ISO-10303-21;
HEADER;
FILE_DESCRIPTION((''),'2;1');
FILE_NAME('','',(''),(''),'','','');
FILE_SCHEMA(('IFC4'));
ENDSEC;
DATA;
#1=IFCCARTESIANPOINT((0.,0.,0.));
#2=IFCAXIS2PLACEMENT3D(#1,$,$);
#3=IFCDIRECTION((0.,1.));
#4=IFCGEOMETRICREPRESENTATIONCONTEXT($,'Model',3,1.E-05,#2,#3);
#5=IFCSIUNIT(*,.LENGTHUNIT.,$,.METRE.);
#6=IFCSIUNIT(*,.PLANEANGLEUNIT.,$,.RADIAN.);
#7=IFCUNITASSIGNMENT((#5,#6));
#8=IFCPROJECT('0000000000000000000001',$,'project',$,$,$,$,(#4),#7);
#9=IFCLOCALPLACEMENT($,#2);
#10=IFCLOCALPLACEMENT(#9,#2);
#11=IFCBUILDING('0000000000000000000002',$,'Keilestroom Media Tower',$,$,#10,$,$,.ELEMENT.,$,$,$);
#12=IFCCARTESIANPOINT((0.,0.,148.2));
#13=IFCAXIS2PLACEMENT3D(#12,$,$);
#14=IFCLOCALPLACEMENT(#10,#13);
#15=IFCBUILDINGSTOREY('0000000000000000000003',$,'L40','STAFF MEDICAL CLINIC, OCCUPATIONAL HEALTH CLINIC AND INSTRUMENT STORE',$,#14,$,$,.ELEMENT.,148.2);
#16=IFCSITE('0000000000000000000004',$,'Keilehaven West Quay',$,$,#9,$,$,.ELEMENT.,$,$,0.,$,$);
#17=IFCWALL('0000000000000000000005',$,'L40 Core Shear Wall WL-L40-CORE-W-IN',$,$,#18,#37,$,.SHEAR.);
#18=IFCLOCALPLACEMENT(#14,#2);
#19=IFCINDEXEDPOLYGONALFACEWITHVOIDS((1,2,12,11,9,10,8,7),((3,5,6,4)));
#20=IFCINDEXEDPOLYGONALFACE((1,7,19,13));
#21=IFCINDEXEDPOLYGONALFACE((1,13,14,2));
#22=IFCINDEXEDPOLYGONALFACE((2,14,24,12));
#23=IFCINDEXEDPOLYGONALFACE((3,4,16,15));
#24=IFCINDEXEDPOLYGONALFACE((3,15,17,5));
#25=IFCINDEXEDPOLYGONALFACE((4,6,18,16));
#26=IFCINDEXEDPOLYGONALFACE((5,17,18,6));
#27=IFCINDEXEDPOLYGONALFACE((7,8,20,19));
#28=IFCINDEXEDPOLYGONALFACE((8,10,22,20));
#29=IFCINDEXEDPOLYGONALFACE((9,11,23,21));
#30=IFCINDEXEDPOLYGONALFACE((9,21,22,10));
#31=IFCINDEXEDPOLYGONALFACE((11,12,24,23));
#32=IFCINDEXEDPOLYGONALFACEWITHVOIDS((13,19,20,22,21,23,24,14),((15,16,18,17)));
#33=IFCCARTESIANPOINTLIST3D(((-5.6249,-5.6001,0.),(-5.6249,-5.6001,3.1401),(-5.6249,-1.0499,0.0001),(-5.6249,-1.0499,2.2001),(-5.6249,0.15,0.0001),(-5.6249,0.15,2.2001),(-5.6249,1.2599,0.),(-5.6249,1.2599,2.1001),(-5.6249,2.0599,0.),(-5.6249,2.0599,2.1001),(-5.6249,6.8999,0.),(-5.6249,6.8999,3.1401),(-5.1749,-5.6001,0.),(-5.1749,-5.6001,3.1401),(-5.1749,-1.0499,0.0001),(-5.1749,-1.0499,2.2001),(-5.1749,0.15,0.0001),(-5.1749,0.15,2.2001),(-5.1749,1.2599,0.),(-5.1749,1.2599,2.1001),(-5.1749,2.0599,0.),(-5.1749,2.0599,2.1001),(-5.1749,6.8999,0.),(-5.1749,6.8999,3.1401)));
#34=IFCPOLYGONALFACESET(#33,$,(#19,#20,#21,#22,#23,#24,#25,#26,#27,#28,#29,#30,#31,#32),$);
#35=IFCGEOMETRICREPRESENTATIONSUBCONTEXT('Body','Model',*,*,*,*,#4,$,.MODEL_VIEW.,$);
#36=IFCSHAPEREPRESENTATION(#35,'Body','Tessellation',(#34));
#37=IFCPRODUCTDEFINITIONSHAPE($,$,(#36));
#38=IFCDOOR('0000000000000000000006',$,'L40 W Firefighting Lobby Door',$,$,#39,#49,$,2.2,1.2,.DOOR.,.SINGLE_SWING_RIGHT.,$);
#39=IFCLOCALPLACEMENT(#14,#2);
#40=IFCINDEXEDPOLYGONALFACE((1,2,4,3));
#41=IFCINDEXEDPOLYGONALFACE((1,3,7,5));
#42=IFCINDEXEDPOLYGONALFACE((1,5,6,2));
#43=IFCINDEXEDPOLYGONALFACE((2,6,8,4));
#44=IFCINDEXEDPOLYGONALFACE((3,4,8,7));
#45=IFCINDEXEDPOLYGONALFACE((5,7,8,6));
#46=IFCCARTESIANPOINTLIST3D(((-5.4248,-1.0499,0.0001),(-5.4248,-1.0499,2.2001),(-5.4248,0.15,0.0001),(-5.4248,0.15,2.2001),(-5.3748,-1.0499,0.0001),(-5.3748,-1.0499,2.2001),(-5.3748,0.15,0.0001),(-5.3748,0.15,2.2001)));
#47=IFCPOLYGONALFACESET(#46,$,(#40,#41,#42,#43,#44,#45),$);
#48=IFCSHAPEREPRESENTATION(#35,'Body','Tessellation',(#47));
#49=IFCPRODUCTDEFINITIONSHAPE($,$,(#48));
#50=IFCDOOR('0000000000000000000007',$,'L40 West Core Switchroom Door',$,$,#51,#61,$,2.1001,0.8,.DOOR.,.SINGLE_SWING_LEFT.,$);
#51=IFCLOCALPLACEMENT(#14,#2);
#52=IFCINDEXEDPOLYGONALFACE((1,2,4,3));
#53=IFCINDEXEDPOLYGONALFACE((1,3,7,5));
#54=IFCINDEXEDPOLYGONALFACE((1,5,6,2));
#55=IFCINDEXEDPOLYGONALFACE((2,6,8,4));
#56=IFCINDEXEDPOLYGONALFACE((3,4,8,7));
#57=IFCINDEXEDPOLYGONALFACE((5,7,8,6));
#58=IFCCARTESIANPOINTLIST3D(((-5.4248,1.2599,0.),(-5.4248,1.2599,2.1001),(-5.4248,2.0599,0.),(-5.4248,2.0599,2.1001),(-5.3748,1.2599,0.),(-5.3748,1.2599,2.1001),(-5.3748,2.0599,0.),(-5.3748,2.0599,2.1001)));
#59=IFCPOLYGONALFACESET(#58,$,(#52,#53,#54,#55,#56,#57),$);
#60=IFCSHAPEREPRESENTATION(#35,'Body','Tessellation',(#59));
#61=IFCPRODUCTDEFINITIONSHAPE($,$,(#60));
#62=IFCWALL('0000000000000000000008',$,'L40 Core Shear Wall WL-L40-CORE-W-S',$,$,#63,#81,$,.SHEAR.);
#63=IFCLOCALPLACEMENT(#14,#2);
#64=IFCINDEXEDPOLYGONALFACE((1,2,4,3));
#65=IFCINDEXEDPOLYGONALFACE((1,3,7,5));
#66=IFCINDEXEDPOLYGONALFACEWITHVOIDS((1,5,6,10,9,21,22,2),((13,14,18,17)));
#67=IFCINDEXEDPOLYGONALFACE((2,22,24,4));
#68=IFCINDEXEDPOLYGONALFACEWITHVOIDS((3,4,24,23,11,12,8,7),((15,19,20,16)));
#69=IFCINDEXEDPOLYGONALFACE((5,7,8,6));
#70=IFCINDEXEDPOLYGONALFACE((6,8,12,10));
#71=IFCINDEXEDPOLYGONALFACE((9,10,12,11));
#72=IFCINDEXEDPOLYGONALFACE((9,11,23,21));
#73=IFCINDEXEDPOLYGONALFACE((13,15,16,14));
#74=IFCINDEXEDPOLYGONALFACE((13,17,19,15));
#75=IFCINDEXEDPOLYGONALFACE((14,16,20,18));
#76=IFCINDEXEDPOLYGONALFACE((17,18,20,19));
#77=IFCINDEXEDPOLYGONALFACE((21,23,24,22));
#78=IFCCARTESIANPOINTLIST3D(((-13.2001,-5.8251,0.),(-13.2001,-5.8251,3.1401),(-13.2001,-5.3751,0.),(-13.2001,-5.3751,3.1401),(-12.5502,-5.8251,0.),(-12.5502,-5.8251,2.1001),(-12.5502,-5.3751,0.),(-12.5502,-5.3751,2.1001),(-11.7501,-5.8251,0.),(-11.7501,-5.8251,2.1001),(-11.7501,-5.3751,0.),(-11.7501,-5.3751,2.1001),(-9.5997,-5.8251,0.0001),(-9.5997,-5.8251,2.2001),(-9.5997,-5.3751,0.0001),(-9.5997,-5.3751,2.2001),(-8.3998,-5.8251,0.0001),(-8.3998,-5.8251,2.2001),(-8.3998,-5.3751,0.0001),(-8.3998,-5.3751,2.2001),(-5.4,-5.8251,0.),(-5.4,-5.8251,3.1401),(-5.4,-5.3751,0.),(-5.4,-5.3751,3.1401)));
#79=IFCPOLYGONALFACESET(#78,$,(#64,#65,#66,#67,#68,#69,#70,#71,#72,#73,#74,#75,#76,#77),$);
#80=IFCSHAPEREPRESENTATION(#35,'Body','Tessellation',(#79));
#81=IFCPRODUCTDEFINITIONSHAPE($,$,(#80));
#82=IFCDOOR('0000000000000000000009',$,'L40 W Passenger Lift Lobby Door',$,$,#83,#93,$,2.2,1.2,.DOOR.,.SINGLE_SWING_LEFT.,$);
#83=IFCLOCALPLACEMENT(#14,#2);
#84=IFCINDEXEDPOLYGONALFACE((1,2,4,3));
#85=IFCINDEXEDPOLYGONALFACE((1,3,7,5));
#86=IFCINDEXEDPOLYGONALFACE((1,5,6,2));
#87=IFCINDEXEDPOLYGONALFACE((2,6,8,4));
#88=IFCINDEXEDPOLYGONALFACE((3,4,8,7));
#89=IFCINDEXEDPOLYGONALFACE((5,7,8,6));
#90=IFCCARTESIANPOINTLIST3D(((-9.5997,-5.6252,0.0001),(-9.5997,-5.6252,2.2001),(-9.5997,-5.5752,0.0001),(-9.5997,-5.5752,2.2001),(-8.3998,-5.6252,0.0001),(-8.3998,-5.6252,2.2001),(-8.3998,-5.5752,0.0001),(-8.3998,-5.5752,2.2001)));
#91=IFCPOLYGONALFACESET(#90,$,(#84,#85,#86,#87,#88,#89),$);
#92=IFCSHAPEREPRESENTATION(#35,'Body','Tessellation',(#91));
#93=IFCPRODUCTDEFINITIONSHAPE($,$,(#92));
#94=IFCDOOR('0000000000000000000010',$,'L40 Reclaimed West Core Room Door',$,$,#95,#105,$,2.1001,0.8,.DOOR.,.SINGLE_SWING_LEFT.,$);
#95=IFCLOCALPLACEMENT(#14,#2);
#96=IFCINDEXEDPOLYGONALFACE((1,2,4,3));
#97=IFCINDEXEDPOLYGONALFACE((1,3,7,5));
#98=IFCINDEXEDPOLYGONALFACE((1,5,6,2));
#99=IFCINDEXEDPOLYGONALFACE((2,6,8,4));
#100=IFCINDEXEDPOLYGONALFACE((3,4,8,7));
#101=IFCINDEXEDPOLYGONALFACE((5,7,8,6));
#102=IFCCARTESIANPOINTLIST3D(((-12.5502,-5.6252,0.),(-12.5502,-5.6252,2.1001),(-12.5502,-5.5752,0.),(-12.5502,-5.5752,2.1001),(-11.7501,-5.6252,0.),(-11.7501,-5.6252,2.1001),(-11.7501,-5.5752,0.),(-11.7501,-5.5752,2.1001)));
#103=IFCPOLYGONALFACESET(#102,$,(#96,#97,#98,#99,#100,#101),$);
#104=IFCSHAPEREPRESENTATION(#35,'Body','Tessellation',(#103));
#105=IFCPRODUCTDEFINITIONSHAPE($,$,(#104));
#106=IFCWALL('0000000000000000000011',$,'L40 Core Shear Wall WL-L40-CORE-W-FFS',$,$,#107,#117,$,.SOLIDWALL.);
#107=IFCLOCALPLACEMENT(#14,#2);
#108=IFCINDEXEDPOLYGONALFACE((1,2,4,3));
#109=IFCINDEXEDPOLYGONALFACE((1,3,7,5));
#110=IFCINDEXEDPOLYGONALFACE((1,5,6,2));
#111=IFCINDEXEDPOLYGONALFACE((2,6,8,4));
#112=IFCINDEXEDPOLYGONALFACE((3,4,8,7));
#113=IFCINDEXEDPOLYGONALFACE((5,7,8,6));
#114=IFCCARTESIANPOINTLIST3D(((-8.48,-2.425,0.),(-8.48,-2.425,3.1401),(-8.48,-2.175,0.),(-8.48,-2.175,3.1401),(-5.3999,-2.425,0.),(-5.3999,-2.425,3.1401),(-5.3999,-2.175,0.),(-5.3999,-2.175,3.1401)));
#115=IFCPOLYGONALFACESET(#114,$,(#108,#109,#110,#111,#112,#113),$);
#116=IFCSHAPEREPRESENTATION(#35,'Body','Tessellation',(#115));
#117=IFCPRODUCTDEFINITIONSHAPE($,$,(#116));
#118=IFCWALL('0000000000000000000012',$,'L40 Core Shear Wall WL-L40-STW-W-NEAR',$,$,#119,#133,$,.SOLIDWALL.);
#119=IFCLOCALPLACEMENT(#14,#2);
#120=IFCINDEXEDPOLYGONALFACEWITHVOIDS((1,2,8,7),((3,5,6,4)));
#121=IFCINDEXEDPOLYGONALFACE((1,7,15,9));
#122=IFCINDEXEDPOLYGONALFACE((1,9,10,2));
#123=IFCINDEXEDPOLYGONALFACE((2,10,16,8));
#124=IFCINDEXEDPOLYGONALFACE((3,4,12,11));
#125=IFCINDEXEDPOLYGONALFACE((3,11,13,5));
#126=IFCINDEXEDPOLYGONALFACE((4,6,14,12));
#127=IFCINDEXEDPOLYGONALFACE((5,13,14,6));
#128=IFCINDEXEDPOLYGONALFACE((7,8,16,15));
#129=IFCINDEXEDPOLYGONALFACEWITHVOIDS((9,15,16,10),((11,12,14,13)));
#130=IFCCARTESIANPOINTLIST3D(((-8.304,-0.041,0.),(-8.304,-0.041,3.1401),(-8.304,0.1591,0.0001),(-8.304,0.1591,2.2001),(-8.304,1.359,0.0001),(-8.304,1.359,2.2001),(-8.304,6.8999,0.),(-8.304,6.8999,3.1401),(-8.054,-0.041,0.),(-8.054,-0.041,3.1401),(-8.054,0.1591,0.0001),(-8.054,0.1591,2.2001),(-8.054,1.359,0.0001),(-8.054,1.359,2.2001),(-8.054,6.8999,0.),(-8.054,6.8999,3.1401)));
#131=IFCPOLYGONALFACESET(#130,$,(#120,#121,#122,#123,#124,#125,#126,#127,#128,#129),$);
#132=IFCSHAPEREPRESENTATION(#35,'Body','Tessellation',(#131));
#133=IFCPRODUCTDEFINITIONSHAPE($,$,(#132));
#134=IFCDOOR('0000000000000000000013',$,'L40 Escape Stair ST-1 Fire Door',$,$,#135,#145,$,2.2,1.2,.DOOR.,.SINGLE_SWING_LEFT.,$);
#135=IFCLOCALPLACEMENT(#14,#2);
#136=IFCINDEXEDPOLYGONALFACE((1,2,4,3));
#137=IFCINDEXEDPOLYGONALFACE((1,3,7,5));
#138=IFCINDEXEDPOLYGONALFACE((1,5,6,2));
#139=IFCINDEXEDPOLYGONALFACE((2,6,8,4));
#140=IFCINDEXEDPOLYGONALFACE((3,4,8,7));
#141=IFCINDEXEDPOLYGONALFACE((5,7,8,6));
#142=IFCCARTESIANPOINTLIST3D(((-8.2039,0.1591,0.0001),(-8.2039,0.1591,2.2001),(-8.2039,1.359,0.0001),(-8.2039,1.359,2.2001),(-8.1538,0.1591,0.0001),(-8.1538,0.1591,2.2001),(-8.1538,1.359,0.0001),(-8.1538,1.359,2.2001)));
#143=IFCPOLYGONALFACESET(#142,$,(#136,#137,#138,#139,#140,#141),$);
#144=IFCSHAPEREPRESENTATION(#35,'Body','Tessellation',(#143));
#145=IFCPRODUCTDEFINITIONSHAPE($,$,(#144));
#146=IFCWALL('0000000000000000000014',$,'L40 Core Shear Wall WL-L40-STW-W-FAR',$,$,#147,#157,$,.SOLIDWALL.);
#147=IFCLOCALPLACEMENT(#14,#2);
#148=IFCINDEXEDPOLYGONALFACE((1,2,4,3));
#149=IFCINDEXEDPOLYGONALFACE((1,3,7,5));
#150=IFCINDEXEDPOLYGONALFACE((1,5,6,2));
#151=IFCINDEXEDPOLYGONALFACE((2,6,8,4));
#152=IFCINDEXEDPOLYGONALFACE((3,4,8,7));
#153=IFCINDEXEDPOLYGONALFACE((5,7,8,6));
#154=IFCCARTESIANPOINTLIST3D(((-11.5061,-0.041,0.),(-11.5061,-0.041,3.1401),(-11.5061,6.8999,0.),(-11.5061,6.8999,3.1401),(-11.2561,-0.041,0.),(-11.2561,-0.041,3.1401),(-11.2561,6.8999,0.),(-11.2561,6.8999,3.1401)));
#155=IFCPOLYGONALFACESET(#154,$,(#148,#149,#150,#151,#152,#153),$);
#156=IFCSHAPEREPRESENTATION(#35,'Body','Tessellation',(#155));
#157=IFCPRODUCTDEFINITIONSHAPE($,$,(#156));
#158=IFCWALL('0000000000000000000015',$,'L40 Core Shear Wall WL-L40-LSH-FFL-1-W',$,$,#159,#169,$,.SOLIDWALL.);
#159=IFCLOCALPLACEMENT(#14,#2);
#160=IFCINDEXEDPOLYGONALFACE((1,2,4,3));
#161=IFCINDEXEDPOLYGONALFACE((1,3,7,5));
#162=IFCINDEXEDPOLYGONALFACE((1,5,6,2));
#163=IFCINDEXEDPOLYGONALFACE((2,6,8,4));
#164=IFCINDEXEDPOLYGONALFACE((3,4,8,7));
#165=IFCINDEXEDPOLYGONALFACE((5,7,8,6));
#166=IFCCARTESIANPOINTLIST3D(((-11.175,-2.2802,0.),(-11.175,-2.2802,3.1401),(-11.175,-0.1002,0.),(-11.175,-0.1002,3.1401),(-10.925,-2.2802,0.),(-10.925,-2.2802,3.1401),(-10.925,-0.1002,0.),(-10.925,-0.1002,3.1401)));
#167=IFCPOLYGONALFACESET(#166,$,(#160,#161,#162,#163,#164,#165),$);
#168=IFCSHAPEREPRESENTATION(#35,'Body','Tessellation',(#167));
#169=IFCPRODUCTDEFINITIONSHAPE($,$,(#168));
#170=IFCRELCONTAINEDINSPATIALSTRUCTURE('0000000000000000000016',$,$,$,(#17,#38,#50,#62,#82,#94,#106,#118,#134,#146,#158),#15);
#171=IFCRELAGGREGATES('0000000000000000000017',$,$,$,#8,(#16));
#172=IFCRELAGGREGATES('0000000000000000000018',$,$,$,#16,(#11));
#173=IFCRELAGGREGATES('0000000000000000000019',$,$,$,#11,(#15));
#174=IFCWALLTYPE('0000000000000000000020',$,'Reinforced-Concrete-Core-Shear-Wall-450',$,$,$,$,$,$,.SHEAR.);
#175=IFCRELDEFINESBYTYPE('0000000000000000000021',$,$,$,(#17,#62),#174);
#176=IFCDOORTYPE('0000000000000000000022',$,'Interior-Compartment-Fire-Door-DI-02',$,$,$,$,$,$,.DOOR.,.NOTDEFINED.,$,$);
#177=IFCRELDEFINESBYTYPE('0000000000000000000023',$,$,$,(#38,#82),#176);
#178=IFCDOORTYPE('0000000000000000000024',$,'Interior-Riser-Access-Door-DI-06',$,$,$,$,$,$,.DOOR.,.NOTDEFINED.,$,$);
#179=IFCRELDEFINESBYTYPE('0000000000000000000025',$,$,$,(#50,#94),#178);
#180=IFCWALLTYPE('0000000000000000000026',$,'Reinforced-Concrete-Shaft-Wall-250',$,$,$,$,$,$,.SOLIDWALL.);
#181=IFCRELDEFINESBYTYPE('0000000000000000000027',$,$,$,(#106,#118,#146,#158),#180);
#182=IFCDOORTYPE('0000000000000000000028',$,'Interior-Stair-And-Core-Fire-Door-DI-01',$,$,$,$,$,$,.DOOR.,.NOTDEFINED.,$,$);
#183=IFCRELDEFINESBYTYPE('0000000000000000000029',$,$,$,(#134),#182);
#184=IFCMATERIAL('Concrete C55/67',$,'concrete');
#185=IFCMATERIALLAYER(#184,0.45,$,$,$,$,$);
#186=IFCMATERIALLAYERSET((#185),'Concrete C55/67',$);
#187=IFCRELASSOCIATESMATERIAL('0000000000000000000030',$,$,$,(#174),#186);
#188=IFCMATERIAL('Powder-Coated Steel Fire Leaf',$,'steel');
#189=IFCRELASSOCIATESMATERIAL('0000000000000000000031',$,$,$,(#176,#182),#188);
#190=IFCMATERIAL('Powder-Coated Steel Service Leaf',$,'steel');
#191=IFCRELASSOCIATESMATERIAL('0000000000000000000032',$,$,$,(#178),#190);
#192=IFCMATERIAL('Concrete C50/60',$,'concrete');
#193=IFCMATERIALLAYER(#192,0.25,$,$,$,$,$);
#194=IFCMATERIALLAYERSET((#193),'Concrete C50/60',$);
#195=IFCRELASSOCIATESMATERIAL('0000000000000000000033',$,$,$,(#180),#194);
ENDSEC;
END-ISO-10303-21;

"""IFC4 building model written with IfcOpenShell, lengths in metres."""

from ifc_helpers import new_model, si_unit, direction, frame, frame_2d, origin, place, context, subcontext, project, spatial, rectangle, extrude, source, transform, mapped, material, layer, layer_set, type_object, element, fill, save


model = new_model("IFC4")

# Units and contexts
model_context = context("Model", 3, precision=1e-05, world=origin(), true_north=direction((0.0, 1.0)))
body_context = subcontext(model_context, "Body", "Model", "MODEL_VIEW")
ifc_project = project(units=[si_unit("LENGTHUNIT", "METRE"), si_unit("PLANEANGLEUNIT", "RADIAN")], contexts=[model_context])

# Site, building, storey
site_placement = place(None, origin())
site = spatial("IfcSite", under=ifc_project, at=site_placement, Name="Keilehaven West Quay", CompositionType="ELEMENT", RefElevation=0.0)
building_placement = place(site_placement, origin())
building = spatial("IfcBuilding", under=site, at=building_placement, Name="Keilestroom Media Tower", CompositionType="ELEMENT")
storey_placement = place(building_placement, frame((0.0, 0.0, 148.2)))
storey = spatial("IfcBuildingStorey", under=building, at=storey_placement, Name="L40", Description="STAFF MEDICAL CLINIC, OCCUPATIONAL HEALTH CLINIC AND INSTRUMENT STORE", CompositionType="ELEMENT", Elevation=148.2)

# Shared definitions
ifc_material_1 = material(Name="Concrete C55/67", Category="concrete")
ifc_layer_1 = layer(ifc_material_1, 0.45)
ifc_layer_set_1 = layer_set([ifc_layer_1], Name="Concrete C55/67")
wall_type_1 = type_object("IfcWallType", Name="Reinforced-Concrete-Core-Shear-Wall-450", PredefinedType="SHEAR", material=ifc_layer_set_1)

# Walls, openings, doors
wall_1_placement = place(storey_placement, frame((-5.3999, -5.6001, 0.0), z_axis=(0.0, 0.0, 1.0), x_axis=(0.0, 1.0, 0.0)))
wall_1 = element("IfcWall", 1, at=wall_1_placement, inside=storey, type_object=wall_type_1, Name="L40 Core Shear Wall WL-L40-CORE-W-IN", PredefinedType="SHEAR", context=body_context, shape_type="SweptSolid", body=[
    extrude(rectangle(XDim=12.5, YDim=0.45, at=frame_2d((6.25, 0.0))), origin(), (0.0, 0.0, 1.0), 3.1401),
])
opening_1_placement = place(wall_1_placement, frame((4.55, 0.0, 0.0)))
opening_1 = element("IfcOpeningElement", 2, at=opening_1_placement, cuts=wall_1, PredefinedType="OPENING", context=body_context, shape_type="SweptSolid", body=[
    extrude(rectangle(XDim=1.2, YDim=2.2, at=frame_2d((0.6001, 1.1001))), frame((0.0, 0.2349, 0.0), z_axis=(0.0, -1.0, 0.0), x_axis=(1.0, 0.0, 0.0)), (0.0, 0.0, 1.0), 0.47),
])
opening_2_placement = place(wall_1_placement, frame((6.8601, 0.0, 0.0)))
opening_2 = element("IfcOpeningElement", 3, at=opening_2_placement, cuts=wall_1, PredefinedType="OPENING", context=body_context, shape_type="SweptSolid", body=[
    extrude(rectangle(XDim=0.8, YDim=2.1001, at=frame_2d((0.3999, 1.05))), frame((0.0, 0.2349, 0.0), z_axis=(0.0, -1.0, 0.0), x_axis=(1.0, 0.0, 0.0)), (0.0, 0.0, 1.0), 0.47),
])
ifc_material_2 = material(Name="Powder-Coated Steel Fire Leaf", Category="steel")
door_type_1 = type_object("IfcDoorType", Name="Interior-Compartment-Fire-Door-DI-02", OperationType="NOTDEFINED", PredefinedType="DOOR", material=ifc_material_2)
shared_shape_1 = source(origin(), body_context, "Body", "SweptSolid", [
    extrude(rectangle(XDim=1.2, YDim=2.2, at=frame_2d((0.6001, 1.1001))), frame((0.0, 0.0249, 0.0), z_axis=(0.0, -1.0, 0.0), x_axis=(1.0, 0.0, 0.0)), (0.0, 0.0, 1.0), 0.05),
])
door_1_placement = place(opening_1_placement, origin())
door_1 = element("IfcDoor", 4, at=door_1_placement, inside=storey, type_object=door_type_1, Name="L40 W Firefighting Lobby Door", OperationType="SINGLE_SWING_RIGHT", OverallHeight=2.2, OverallWidth=1.2, PredefinedType="DOOR", context=body_context, shape_type="MappedRepresentation", body=[
    mapped(shared_shape_1, transform((0.0, 0.0, 0.0), x_axis=(1.0, 0.0, 0.0), y_axis=(0.0, 1.0, 0.0), z_axis=(0.0, 0.0, 1.0), scale=1.0)),
])
fill(opening_1, door_1)
ifc_material_3 = material(Name="Powder-Coated Steel Service Leaf", Category="steel")
door_type_2 = type_object("IfcDoorType", Name="Interior-Riser-Access-Door-DI-06", OperationType="NOTDEFINED", PredefinedType="DOOR", material=ifc_material_3)
shared_shape_2 = source(origin(), body_context, "Body", "SweptSolid", [
    extrude(rectangle(XDim=0.8, YDim=2.1001, at=frame_2d((0.3999, 1.05))), frame((0.0, 0.0249, 0.0), z_axis=(0.0, -1.0, 0.0), x_axis=(1.0, 0.0, 0.0)), (0.0, 0.0, 1.0), 0.05),
])
door_2_placement = place(opening_2_placement, origin())
door_2 = element("IfcDoor", 5, at=door_2_placement, inside=storey, type_object=door_type_2, Name="L40 West Core Switchroom Door", OperationType="SINGLE_SWING_LEFT", OverallHeight=2.1001, OverallWidth=0.8, PredefinedType="DOOR", context=body_context, shape_type="MappedRepresentation", body=[
    mapped(shared_shape_2, transform((0.0, 0.0, 0.0), x_axis=(1.0, 0.0, 0.0), y_axis=(0.0, 1.0, 0.0), z_axis=(0.0, 0.0, 1.0), scale=1.0)),
])
fill(opening_2, door_2)
wall_2_placement = place(storey_placement, frame((-13.2, -5.6001, 0.0), z_axis=(0.0, 0.0, 1.0), x_axis=(1.0, 0.0, 0.0)))
wall_2 = element("IfcWall", 6, at=wall_2_placement, inside=storey, type_object=wall_type_1, Name="L40 Core Shear Wall WL-L40-CORE-W-S", PredefinedType="SHEAR", context=body_context, shape_type="SweptSolid", body=[
    extrude(rectangle(XDim=7.8, YDim=0.45, at=frame_2d((3.8999, 0.0))), origin(), (0.0, 0.0, 1.0), 3.1401),
])
opening_3_placement = place(wall_2_placement, frame((3.6001, 0.0, 0.0)))
opening_3 = element("IfcOpeningElement", 7, at=opening_3_placement, cuts=wall_2, PredefinedType="OPENING", context=body_context, shape_type="SweptSolid", body=[
    extrude(rectangle(XDim=1.2, YDim=2.2, at=frame_2d((0.6001, 1.1001))), frame((0.0, 0.2349, 0.0), z_axis=(0.0, -1.0, 0.0), x_axis=(1.0, 0.0, 0.0)), (0.0, 0.0, 1.0), 0.47),
])
opening_4_placement = place(wall_2_placement, frame((0.6499, 0.0, 0.0)))
opening_4 = element("IfcOpeningElement", 8, at=opening_4_placement, cuts=wall_2, PredefinedType="OPENING", context=body_context, shape_type="SweptSolid", body=[
    extrude(rectangle(XDim=0.8, YDim=2.1001, at=frame_2d((0.3999, 1.05))), frame((0.0, 0.2349, 0.0), z_axis=(0.0, -1.0, 0.0), x_axis=(1.0, 0.0, 0.0)), (0.0, 0.0, 1.0), 0.47),
])
door_3_placement = place(opening_3_placement, origin())
door_3 = element("IfcDoor", 9, at=door_3_placement, inside=storey, type_object=door_type_1, Name="L40 W Passenger Lift Lobby Door", OperationType="SINGLE_SWING_LEFT", OverallHeight=2.2, OverallWidth=1.2, PredefinedType="DOOR", context=body_context, shape_type="MappedRepresentation", body=[
    mapped(shared_shape_1, transform((0.0, 0.0, 0.0), x_axis=(1.0, 0.0, 0.0), y_axis=(0.0, 1.0, 0.0), z_axis=(0.0, 0.0, 1.0), scale=1.0)),
])
fill(opening_3, door_3)
door_4_placement = place(opening_4_placement, origin())
door_4 = element("IfcDoor", 10, at=door_4_placement, inside=storey, type_object=door_type_2, Name="L40 Reclaimed West Core Room Door", OperationType="SINGLE_SWING_LEFT", OverallHeight=2.1001, OverallWidth=0.8, PredefinedType="DOOR", context=body_context, shape_type="MappedRepresentation", body=[
    mapped(shared_shape_2, transform((0.0, 0.0, 0.0), x_axis=(1.0, 0.0, 0.0), y_axis=(0.0, 1.0, 0.0), z_axis=(0.0, 0.0, 1.0), scale=1.0)),
])
fill(opening_4, door_4)

# Wall
ifc_material_4 = material(Name="Concrete C50/60", Category="concrete")
ifc_layer_2 = layer(ifc_material_4, 0.25)
ifc_layer_set_2 = layer_set([ifc_layer_2], Name="Concrete C50/60")
wall_type_2 = type_object("IfcWallType", Name="Reinforced-Concrete-Shaft-Wall-250", PredefinedType="SOLIDWALL", material=ifc_layer_set_2)
wall_3_placement = place(storey_placement, frame((-8.48, -2.3, 0.0), z_axis=(0.0, 0.0, 1.0), x_axis=(1.0, 0.0, 0.0)))
element("IfcWall", 11, at=wall_3_placement, inside=storey, type_object=wall_type_2, Name="L40 Core Shear Wall WL-L40-CORE-W-FFS", PredefinedType="SOLIDWALL", context=body_context, shape_type="SweptSolid", body=[
    extrude(rectangle(XDim=3.0801, YDim=0.25, at=frame_2d((1.54, 0.0))), origin(), (0.0, 0.0, 1.0), 3.1401),
])

# Wall, opening, door
wall_4_placement = place(storey_placement, frame((-8.179, -0.041, 0.0), z_axis=(0.0, 0.0, 1.0), x_axis=(0.0, 1.0, 0.0)))
wall_4 = element("IfcWall", 12, at=wall_4_placement, inside=storey, type_object=wall_type_2, Name="L40 Core Shear Wall WL-L40-STW-W-NEAR", PredefinedType="SOLIDWALL", context=body_context, shape_type="SweptSolid", body=[
    extrude(rectangle(XDim=6.9409, YDim=0.25, at=frame_2d((3.4705, 0.0))), origin(), (0.0, 0.0, 1.0), 3.1401),
])
opening_5_placement = place(wall_4_placement, frame((0.2, 0.0, 0.0)))
opening_5 = element("IfcOpeningElement", 13, at=opening_5_placement, cuts=wall_4, PredefinedType="OPENING", context=body_context, shape_type="SweptSolid", body=[
    extrude(rectangle(XDim=1.2, YDim=2.2, at=frame_2d((0.6001, 1.1001))), frame((0.0, 0.135, 0.0), z_axis=(0.0, -1.0, 0.0), x_axis=(1.0, 0.0, 0.0)), (0.0, 0.0, 1.0), 0.27),
])
door_type_3 = type_object("IfcDoorType", Name="Interior-Stair-And-Core-Fire-Door-DI-01", OperationType="NOTDEFINED", PredefinedType="DOOR", material=ifc_material_2)
door_5_placement = place(opening_5_placement, origin())
door_5 = element("IfcDoor", 14, at=door_5_placement, inside=storey, type_object=door_type_3, Name="L40 Escape Stair ST-1 Fire Door", OperationType="SINGLE_SWING_LEFT", OverallHeight=2.2, OverallWidth=1.2, PredefinedType="DOOR", context=body_context, shape_type="MappedRepresentation", body=[
    mapped(shared_shape_1, transform((0.0, 0.0, 0.0), x_axis=(1.0, 0.0, 0.0), y_axis=(0.0, 1.0, 0.0), z_axis=(0.0, 0.0, 1.0), scale=1.0)),
])
fill(opening_5, door_5)

# Walls
wall_5_placement = place(storey_placement, frame((-11.3811, -0.041, 0.0), z_axis=(0.0, 0.0, 1.0), x_axis=(0.0, 1.0, 0.0)))
element("IfcWall", 15, at=wall_5_placement, inside=storey, type_object=wall_type_2, Name="L40 Core Shear Wall WL-L40-STW-W-FAR", PredefinedType="SOLIDWALL", context=body_context, shape_type="SweptSolid", body=[
    extrude(rectangle(XDim=6.9409, YDim=0.25, at=frame_2d((3.4705, 0.0))), origin(), (0.0, 0.0, 1.0), 3.1401),
])
wall_6_placement = place(storey_placement, frame((-11.05, -2.28, 0.0), z_axis=(0.0, 0.0, 1.0), x_axis=(0.0, 1.0, 0.0)))
element("IfcWall", 16, at=wall_6_placement, inside=storey, type_object=wall_type_2, Name="L40 Core Shear Wall WL-L40-LSH-FFL-1-W", PredefinedType="SOLIDWALL", context=body_context, shape_type="SweptSolid", body=[
    extrude(rectangle(XDim=2.1799, YDim=0.25, at=frame_2d((1.0898, 0.0))), origin(), (0.0, 0.0, 1.0), 3.1401),
])

save(model, "model.ifc")
